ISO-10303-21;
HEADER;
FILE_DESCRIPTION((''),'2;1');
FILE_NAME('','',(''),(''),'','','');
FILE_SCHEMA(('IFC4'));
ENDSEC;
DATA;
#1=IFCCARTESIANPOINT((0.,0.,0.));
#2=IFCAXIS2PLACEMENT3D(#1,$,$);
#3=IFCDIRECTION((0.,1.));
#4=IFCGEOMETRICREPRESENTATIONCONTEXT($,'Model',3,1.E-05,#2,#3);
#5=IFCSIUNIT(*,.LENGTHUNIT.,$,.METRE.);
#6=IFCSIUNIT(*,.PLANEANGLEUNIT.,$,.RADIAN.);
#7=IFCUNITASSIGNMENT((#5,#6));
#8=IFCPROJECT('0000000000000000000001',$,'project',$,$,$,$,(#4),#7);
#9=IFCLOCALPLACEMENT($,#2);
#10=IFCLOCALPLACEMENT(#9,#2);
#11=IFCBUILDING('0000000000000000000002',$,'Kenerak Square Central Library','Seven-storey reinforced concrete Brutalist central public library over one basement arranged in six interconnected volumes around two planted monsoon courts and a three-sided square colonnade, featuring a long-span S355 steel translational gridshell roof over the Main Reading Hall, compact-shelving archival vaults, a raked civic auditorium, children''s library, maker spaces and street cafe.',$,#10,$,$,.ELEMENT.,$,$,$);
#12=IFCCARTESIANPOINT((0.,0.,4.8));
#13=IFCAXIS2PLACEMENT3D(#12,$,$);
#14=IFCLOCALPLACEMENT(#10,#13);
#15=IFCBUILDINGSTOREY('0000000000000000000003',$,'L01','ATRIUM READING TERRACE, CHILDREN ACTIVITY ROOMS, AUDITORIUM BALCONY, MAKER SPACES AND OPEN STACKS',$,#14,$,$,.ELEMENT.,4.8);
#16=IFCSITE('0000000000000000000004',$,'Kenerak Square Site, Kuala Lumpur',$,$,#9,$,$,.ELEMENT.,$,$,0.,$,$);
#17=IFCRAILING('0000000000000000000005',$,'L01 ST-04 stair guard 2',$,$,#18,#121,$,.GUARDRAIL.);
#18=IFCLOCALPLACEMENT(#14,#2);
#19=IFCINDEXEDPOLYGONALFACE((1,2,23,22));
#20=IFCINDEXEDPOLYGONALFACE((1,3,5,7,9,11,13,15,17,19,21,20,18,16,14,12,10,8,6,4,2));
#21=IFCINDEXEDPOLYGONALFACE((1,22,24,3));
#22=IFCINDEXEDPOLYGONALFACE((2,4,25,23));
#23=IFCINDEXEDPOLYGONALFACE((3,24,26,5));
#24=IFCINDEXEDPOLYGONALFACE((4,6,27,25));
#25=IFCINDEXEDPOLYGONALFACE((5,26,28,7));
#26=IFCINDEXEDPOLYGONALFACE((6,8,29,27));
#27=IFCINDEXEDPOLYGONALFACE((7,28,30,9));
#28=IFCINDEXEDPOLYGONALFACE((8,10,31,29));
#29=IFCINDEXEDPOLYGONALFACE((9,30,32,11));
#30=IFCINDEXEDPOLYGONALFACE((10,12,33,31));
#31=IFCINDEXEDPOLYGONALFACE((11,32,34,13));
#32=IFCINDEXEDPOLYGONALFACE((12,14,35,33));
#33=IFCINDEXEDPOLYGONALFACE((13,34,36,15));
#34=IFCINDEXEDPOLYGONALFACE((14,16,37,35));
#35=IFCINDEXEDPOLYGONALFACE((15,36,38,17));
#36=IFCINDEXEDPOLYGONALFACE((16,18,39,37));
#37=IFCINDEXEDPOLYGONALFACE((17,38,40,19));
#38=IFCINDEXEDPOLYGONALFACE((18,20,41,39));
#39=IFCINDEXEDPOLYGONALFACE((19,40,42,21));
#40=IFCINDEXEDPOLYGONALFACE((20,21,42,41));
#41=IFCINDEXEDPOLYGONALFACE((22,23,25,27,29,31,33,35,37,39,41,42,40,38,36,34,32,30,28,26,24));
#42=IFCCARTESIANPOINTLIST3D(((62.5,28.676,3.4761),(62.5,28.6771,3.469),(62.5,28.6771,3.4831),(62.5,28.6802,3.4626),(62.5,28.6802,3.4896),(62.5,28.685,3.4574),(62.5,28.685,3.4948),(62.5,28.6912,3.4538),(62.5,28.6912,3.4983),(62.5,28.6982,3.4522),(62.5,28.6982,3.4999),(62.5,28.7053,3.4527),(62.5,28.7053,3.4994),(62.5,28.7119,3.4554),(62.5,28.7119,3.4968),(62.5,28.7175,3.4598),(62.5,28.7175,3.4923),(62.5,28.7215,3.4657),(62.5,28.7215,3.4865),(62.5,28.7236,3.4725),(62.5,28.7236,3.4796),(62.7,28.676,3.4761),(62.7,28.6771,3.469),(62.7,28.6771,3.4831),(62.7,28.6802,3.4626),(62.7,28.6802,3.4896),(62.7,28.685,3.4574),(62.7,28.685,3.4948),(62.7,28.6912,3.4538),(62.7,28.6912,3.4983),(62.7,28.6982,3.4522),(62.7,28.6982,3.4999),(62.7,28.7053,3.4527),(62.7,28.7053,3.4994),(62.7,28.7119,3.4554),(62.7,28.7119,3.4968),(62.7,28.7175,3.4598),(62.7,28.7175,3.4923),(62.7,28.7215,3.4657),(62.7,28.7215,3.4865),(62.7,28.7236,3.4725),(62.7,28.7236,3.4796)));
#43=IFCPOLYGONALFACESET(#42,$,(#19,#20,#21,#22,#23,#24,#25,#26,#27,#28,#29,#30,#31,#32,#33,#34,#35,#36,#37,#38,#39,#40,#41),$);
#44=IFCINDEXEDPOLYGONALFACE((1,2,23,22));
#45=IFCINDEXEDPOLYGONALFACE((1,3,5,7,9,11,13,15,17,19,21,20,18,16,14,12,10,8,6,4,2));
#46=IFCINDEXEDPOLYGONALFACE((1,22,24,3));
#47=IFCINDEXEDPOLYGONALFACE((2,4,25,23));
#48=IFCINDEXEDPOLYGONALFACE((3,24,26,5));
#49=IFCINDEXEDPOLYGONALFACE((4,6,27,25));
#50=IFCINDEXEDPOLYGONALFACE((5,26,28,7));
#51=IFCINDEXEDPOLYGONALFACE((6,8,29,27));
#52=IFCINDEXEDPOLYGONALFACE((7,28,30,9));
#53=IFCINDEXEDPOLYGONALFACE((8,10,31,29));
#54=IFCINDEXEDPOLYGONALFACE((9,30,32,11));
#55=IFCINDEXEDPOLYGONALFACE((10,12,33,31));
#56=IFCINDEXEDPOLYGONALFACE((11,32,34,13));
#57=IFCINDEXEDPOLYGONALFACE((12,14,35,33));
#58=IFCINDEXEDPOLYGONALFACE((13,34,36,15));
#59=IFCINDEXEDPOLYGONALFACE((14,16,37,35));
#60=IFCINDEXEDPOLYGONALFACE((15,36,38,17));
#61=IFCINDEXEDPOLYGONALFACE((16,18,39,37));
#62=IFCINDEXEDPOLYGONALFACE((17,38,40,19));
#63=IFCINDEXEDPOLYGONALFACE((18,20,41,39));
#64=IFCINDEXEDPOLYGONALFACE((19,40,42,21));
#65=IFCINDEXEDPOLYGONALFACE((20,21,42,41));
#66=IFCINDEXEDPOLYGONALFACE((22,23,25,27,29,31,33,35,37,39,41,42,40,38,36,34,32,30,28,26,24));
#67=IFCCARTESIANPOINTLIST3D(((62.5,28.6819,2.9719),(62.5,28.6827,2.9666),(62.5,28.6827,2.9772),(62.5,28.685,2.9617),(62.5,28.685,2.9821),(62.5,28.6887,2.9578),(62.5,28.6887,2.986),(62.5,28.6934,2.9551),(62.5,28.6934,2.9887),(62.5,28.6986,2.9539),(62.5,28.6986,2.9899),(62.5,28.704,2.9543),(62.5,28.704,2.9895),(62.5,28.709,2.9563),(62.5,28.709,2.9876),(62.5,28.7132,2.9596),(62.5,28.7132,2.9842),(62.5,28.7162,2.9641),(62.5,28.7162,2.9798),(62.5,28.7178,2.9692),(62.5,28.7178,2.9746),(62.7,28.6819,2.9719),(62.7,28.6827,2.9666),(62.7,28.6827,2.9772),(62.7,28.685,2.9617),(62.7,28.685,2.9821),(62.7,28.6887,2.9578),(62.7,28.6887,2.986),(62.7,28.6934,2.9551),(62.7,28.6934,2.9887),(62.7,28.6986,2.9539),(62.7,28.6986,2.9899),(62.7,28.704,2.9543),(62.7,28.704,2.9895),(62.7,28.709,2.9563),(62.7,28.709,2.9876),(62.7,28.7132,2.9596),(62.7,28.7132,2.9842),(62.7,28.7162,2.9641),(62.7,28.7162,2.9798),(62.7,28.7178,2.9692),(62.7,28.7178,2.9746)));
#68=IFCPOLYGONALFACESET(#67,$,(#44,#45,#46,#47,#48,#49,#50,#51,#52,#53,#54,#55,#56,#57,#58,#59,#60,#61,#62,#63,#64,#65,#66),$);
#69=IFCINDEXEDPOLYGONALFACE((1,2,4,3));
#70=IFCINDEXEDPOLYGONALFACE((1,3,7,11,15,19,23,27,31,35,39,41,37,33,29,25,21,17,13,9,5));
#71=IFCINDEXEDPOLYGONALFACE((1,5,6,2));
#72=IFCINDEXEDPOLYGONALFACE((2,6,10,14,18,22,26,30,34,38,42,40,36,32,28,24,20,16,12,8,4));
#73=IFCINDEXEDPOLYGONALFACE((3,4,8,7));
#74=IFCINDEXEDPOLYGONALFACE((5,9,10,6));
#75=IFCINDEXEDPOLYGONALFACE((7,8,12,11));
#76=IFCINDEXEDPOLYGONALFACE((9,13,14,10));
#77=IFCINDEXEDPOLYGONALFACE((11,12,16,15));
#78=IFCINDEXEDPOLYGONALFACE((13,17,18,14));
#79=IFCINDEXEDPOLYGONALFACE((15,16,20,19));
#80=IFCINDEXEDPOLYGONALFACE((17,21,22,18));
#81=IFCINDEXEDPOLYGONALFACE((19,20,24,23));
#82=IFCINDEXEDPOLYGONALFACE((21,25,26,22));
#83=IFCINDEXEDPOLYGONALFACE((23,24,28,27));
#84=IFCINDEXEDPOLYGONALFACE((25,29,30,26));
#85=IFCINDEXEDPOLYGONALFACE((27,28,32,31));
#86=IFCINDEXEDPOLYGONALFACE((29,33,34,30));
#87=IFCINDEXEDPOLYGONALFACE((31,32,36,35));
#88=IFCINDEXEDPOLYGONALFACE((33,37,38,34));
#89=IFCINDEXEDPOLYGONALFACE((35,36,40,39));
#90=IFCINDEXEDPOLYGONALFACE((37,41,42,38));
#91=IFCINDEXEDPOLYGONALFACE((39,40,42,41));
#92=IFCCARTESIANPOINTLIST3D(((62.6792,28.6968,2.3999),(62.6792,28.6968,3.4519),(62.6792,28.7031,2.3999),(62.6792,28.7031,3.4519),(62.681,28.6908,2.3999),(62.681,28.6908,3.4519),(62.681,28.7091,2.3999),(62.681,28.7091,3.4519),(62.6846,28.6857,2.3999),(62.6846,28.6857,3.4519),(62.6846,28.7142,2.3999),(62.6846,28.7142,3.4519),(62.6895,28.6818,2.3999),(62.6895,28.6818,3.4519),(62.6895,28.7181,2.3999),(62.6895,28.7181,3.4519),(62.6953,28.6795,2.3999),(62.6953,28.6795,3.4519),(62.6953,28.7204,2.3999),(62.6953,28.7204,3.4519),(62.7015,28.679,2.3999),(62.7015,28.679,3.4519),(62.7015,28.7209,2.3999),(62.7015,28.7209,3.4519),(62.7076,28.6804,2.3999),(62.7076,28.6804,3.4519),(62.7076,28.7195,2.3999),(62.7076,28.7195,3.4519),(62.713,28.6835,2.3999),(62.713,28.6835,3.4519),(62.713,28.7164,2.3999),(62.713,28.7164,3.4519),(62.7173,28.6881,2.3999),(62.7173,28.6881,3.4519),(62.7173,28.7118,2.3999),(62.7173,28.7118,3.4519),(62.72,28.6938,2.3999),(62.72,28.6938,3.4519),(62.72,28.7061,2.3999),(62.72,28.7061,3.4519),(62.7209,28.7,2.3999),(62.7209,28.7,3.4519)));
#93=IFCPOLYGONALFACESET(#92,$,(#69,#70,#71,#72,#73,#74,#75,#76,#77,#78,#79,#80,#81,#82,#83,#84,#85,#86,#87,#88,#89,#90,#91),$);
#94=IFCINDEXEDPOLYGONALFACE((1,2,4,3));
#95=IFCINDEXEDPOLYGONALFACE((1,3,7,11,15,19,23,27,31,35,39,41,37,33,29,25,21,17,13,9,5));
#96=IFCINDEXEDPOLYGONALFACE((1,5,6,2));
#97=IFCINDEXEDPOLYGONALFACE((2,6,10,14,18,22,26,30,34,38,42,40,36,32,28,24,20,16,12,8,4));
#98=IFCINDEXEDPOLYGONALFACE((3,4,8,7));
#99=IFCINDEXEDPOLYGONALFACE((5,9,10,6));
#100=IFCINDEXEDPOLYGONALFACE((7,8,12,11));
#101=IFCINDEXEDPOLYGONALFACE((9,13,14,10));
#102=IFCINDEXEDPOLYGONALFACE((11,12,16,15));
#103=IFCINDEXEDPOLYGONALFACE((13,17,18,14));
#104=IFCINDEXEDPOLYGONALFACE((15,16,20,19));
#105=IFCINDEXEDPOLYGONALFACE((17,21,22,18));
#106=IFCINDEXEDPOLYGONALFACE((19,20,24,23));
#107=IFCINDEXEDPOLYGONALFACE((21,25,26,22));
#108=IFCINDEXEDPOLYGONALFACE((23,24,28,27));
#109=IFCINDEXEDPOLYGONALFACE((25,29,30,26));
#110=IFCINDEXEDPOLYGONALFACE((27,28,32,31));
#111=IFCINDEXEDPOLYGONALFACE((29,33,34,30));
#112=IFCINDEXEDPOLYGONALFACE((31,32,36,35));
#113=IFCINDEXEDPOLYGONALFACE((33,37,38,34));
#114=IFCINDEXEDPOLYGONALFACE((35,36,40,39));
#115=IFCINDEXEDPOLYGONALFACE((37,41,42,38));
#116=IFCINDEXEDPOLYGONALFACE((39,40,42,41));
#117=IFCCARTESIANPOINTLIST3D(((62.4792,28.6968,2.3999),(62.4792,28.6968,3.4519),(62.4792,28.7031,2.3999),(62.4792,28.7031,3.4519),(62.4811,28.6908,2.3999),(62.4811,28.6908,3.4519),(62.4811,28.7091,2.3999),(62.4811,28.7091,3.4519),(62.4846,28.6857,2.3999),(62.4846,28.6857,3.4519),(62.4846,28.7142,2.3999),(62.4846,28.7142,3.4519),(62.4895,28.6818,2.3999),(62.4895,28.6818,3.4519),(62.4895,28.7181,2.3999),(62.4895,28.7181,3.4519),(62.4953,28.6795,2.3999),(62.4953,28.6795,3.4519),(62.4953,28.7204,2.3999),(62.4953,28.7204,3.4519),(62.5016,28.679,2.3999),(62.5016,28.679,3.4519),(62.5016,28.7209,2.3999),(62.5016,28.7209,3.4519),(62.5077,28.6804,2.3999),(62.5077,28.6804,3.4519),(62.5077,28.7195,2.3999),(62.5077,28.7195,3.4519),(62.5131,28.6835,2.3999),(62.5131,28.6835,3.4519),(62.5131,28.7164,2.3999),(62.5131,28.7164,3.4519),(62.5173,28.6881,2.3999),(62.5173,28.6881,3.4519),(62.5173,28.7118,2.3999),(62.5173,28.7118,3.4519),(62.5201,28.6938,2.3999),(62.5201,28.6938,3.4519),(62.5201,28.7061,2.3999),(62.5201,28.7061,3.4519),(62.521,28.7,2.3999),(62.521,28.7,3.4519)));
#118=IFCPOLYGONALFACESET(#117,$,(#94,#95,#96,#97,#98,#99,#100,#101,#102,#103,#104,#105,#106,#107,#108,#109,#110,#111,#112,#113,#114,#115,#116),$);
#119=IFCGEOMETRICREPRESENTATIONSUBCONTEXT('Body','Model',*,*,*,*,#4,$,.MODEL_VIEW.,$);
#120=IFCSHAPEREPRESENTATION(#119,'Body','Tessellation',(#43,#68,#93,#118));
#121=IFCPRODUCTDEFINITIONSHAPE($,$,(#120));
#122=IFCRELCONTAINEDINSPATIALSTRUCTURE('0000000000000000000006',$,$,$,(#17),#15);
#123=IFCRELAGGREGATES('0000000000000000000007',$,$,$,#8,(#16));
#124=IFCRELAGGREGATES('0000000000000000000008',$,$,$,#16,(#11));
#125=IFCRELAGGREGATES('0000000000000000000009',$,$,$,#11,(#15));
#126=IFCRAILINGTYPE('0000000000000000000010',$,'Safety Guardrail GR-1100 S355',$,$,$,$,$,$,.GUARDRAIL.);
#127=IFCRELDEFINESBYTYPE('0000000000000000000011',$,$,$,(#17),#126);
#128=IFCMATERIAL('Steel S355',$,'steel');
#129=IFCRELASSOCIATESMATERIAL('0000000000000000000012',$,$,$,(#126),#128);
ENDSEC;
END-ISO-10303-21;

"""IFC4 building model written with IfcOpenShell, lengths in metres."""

from ifc_helpers import new_model, si_unit, direction, frame, origin, origin_2d, place, context, subcontext, project, spatial, circle, extrude, material, type_object, element, save


model = new_model("IFC4")

# Units and contexts
model_context = context("Model", 3, precision=1e-05, world=origin(), true_north=direction((0.0, 1.0)))
body_context = subcontext(model_context, "Body", "Model", "MODEL_VIEW")
ifc_project = project(units=[si_unit("LENGTHUNIT", "METRE"), si_unit("PLANEANGLEUNIT", "RADIAN")], contexts=[model_context])

# Site, building, storey
site_placement = place(None, origin())
site = spatial("IfcSite", under=ifc_project, at=site_placement, Name="Kenerak Square Site, Kuala Lumpur", CompositionType="ELEMENT", RefElevation=0.0)
building_placement = place(site_placement, origin())
building = spatial("IfcBuilding", under=site, at=building_placement, Name="Kenerak Square Central Library", Description="Seven-storey reinforced concrete Brutalist central public library over one basement arranged in six interconnected volumes around two planted monsoon courts and a three-sided square colonnade, featuring a long-span S355 steel translational gridshell roof over the Main Reading Hall, compact-shelving archival vaults, a raked civic auditorium, children's library, maker spaces and street cafe.", CompositionType="ELEMENT")
storey_placement = place(building_placement, frame((0.0, 0.0, 4.8)))
storey = spatial("IfcBuildingStorey", under=building, at=storey_placement, Name="L01", Description="ATRIUM READING TERRACE, CHILDREN ACTIVITY ROOMS, AUDITORIUM BALCONY, MAKER SPACES AND OPEN STACKS", CompositionType="ELEMENT", Elevation=4.8)

# Shared definitions
ifc_material_1 = material(Name="Steel S355", Category="steel")

# Railing
railing_type_1 = type_object("IfcRailingType", Name="Safety Guardrail GR-1100 S355", PredefinedType="GUARDRAIL", material=ifc_material_1)
railing_1_placement = place(storey_placement, frame((62.7, 28.7, 2.3999)))
element("IfcRailing", 1, at=railing_1_placement, inside=storey, type_object=railing_type_1, Name="L01 ST-04 stair guard 2", PredefinedType="GUARDRAIL", context=body_context, shape_type="SweptSolid", body=[
    extrude(circle(Radius=0.0239, at=origin_2d()), frame((0.0, 0.0, 1.0762), z_axis=(-1.0, 0.0, 0.0), x_axis=(0.0, -1.0, 0.0)), (0.0, 0.0, 1.0), 0.2),
    extrude(circle(Radius=0.0181, at=origin_2d()), frame((0.0, 0.0, 0.572), z_axis=(-1.0, 0.0, 0.0), x_axis=(0.0, -1.0, 0.0)), (0.0, 0.0, 1.0), 0.2),
    extrude(circle(Radius=0.021, at=origin_2d()), origin(), (0.0, 0.0, 1.0), 1.052),
    extrude(circle(Radius=0.021, at=origin_2d()), frame((-0.2, 0.0, 0.0)), (0.0, 0.0, 1.0), 1.052),
])

save(model, "model.ifc")
